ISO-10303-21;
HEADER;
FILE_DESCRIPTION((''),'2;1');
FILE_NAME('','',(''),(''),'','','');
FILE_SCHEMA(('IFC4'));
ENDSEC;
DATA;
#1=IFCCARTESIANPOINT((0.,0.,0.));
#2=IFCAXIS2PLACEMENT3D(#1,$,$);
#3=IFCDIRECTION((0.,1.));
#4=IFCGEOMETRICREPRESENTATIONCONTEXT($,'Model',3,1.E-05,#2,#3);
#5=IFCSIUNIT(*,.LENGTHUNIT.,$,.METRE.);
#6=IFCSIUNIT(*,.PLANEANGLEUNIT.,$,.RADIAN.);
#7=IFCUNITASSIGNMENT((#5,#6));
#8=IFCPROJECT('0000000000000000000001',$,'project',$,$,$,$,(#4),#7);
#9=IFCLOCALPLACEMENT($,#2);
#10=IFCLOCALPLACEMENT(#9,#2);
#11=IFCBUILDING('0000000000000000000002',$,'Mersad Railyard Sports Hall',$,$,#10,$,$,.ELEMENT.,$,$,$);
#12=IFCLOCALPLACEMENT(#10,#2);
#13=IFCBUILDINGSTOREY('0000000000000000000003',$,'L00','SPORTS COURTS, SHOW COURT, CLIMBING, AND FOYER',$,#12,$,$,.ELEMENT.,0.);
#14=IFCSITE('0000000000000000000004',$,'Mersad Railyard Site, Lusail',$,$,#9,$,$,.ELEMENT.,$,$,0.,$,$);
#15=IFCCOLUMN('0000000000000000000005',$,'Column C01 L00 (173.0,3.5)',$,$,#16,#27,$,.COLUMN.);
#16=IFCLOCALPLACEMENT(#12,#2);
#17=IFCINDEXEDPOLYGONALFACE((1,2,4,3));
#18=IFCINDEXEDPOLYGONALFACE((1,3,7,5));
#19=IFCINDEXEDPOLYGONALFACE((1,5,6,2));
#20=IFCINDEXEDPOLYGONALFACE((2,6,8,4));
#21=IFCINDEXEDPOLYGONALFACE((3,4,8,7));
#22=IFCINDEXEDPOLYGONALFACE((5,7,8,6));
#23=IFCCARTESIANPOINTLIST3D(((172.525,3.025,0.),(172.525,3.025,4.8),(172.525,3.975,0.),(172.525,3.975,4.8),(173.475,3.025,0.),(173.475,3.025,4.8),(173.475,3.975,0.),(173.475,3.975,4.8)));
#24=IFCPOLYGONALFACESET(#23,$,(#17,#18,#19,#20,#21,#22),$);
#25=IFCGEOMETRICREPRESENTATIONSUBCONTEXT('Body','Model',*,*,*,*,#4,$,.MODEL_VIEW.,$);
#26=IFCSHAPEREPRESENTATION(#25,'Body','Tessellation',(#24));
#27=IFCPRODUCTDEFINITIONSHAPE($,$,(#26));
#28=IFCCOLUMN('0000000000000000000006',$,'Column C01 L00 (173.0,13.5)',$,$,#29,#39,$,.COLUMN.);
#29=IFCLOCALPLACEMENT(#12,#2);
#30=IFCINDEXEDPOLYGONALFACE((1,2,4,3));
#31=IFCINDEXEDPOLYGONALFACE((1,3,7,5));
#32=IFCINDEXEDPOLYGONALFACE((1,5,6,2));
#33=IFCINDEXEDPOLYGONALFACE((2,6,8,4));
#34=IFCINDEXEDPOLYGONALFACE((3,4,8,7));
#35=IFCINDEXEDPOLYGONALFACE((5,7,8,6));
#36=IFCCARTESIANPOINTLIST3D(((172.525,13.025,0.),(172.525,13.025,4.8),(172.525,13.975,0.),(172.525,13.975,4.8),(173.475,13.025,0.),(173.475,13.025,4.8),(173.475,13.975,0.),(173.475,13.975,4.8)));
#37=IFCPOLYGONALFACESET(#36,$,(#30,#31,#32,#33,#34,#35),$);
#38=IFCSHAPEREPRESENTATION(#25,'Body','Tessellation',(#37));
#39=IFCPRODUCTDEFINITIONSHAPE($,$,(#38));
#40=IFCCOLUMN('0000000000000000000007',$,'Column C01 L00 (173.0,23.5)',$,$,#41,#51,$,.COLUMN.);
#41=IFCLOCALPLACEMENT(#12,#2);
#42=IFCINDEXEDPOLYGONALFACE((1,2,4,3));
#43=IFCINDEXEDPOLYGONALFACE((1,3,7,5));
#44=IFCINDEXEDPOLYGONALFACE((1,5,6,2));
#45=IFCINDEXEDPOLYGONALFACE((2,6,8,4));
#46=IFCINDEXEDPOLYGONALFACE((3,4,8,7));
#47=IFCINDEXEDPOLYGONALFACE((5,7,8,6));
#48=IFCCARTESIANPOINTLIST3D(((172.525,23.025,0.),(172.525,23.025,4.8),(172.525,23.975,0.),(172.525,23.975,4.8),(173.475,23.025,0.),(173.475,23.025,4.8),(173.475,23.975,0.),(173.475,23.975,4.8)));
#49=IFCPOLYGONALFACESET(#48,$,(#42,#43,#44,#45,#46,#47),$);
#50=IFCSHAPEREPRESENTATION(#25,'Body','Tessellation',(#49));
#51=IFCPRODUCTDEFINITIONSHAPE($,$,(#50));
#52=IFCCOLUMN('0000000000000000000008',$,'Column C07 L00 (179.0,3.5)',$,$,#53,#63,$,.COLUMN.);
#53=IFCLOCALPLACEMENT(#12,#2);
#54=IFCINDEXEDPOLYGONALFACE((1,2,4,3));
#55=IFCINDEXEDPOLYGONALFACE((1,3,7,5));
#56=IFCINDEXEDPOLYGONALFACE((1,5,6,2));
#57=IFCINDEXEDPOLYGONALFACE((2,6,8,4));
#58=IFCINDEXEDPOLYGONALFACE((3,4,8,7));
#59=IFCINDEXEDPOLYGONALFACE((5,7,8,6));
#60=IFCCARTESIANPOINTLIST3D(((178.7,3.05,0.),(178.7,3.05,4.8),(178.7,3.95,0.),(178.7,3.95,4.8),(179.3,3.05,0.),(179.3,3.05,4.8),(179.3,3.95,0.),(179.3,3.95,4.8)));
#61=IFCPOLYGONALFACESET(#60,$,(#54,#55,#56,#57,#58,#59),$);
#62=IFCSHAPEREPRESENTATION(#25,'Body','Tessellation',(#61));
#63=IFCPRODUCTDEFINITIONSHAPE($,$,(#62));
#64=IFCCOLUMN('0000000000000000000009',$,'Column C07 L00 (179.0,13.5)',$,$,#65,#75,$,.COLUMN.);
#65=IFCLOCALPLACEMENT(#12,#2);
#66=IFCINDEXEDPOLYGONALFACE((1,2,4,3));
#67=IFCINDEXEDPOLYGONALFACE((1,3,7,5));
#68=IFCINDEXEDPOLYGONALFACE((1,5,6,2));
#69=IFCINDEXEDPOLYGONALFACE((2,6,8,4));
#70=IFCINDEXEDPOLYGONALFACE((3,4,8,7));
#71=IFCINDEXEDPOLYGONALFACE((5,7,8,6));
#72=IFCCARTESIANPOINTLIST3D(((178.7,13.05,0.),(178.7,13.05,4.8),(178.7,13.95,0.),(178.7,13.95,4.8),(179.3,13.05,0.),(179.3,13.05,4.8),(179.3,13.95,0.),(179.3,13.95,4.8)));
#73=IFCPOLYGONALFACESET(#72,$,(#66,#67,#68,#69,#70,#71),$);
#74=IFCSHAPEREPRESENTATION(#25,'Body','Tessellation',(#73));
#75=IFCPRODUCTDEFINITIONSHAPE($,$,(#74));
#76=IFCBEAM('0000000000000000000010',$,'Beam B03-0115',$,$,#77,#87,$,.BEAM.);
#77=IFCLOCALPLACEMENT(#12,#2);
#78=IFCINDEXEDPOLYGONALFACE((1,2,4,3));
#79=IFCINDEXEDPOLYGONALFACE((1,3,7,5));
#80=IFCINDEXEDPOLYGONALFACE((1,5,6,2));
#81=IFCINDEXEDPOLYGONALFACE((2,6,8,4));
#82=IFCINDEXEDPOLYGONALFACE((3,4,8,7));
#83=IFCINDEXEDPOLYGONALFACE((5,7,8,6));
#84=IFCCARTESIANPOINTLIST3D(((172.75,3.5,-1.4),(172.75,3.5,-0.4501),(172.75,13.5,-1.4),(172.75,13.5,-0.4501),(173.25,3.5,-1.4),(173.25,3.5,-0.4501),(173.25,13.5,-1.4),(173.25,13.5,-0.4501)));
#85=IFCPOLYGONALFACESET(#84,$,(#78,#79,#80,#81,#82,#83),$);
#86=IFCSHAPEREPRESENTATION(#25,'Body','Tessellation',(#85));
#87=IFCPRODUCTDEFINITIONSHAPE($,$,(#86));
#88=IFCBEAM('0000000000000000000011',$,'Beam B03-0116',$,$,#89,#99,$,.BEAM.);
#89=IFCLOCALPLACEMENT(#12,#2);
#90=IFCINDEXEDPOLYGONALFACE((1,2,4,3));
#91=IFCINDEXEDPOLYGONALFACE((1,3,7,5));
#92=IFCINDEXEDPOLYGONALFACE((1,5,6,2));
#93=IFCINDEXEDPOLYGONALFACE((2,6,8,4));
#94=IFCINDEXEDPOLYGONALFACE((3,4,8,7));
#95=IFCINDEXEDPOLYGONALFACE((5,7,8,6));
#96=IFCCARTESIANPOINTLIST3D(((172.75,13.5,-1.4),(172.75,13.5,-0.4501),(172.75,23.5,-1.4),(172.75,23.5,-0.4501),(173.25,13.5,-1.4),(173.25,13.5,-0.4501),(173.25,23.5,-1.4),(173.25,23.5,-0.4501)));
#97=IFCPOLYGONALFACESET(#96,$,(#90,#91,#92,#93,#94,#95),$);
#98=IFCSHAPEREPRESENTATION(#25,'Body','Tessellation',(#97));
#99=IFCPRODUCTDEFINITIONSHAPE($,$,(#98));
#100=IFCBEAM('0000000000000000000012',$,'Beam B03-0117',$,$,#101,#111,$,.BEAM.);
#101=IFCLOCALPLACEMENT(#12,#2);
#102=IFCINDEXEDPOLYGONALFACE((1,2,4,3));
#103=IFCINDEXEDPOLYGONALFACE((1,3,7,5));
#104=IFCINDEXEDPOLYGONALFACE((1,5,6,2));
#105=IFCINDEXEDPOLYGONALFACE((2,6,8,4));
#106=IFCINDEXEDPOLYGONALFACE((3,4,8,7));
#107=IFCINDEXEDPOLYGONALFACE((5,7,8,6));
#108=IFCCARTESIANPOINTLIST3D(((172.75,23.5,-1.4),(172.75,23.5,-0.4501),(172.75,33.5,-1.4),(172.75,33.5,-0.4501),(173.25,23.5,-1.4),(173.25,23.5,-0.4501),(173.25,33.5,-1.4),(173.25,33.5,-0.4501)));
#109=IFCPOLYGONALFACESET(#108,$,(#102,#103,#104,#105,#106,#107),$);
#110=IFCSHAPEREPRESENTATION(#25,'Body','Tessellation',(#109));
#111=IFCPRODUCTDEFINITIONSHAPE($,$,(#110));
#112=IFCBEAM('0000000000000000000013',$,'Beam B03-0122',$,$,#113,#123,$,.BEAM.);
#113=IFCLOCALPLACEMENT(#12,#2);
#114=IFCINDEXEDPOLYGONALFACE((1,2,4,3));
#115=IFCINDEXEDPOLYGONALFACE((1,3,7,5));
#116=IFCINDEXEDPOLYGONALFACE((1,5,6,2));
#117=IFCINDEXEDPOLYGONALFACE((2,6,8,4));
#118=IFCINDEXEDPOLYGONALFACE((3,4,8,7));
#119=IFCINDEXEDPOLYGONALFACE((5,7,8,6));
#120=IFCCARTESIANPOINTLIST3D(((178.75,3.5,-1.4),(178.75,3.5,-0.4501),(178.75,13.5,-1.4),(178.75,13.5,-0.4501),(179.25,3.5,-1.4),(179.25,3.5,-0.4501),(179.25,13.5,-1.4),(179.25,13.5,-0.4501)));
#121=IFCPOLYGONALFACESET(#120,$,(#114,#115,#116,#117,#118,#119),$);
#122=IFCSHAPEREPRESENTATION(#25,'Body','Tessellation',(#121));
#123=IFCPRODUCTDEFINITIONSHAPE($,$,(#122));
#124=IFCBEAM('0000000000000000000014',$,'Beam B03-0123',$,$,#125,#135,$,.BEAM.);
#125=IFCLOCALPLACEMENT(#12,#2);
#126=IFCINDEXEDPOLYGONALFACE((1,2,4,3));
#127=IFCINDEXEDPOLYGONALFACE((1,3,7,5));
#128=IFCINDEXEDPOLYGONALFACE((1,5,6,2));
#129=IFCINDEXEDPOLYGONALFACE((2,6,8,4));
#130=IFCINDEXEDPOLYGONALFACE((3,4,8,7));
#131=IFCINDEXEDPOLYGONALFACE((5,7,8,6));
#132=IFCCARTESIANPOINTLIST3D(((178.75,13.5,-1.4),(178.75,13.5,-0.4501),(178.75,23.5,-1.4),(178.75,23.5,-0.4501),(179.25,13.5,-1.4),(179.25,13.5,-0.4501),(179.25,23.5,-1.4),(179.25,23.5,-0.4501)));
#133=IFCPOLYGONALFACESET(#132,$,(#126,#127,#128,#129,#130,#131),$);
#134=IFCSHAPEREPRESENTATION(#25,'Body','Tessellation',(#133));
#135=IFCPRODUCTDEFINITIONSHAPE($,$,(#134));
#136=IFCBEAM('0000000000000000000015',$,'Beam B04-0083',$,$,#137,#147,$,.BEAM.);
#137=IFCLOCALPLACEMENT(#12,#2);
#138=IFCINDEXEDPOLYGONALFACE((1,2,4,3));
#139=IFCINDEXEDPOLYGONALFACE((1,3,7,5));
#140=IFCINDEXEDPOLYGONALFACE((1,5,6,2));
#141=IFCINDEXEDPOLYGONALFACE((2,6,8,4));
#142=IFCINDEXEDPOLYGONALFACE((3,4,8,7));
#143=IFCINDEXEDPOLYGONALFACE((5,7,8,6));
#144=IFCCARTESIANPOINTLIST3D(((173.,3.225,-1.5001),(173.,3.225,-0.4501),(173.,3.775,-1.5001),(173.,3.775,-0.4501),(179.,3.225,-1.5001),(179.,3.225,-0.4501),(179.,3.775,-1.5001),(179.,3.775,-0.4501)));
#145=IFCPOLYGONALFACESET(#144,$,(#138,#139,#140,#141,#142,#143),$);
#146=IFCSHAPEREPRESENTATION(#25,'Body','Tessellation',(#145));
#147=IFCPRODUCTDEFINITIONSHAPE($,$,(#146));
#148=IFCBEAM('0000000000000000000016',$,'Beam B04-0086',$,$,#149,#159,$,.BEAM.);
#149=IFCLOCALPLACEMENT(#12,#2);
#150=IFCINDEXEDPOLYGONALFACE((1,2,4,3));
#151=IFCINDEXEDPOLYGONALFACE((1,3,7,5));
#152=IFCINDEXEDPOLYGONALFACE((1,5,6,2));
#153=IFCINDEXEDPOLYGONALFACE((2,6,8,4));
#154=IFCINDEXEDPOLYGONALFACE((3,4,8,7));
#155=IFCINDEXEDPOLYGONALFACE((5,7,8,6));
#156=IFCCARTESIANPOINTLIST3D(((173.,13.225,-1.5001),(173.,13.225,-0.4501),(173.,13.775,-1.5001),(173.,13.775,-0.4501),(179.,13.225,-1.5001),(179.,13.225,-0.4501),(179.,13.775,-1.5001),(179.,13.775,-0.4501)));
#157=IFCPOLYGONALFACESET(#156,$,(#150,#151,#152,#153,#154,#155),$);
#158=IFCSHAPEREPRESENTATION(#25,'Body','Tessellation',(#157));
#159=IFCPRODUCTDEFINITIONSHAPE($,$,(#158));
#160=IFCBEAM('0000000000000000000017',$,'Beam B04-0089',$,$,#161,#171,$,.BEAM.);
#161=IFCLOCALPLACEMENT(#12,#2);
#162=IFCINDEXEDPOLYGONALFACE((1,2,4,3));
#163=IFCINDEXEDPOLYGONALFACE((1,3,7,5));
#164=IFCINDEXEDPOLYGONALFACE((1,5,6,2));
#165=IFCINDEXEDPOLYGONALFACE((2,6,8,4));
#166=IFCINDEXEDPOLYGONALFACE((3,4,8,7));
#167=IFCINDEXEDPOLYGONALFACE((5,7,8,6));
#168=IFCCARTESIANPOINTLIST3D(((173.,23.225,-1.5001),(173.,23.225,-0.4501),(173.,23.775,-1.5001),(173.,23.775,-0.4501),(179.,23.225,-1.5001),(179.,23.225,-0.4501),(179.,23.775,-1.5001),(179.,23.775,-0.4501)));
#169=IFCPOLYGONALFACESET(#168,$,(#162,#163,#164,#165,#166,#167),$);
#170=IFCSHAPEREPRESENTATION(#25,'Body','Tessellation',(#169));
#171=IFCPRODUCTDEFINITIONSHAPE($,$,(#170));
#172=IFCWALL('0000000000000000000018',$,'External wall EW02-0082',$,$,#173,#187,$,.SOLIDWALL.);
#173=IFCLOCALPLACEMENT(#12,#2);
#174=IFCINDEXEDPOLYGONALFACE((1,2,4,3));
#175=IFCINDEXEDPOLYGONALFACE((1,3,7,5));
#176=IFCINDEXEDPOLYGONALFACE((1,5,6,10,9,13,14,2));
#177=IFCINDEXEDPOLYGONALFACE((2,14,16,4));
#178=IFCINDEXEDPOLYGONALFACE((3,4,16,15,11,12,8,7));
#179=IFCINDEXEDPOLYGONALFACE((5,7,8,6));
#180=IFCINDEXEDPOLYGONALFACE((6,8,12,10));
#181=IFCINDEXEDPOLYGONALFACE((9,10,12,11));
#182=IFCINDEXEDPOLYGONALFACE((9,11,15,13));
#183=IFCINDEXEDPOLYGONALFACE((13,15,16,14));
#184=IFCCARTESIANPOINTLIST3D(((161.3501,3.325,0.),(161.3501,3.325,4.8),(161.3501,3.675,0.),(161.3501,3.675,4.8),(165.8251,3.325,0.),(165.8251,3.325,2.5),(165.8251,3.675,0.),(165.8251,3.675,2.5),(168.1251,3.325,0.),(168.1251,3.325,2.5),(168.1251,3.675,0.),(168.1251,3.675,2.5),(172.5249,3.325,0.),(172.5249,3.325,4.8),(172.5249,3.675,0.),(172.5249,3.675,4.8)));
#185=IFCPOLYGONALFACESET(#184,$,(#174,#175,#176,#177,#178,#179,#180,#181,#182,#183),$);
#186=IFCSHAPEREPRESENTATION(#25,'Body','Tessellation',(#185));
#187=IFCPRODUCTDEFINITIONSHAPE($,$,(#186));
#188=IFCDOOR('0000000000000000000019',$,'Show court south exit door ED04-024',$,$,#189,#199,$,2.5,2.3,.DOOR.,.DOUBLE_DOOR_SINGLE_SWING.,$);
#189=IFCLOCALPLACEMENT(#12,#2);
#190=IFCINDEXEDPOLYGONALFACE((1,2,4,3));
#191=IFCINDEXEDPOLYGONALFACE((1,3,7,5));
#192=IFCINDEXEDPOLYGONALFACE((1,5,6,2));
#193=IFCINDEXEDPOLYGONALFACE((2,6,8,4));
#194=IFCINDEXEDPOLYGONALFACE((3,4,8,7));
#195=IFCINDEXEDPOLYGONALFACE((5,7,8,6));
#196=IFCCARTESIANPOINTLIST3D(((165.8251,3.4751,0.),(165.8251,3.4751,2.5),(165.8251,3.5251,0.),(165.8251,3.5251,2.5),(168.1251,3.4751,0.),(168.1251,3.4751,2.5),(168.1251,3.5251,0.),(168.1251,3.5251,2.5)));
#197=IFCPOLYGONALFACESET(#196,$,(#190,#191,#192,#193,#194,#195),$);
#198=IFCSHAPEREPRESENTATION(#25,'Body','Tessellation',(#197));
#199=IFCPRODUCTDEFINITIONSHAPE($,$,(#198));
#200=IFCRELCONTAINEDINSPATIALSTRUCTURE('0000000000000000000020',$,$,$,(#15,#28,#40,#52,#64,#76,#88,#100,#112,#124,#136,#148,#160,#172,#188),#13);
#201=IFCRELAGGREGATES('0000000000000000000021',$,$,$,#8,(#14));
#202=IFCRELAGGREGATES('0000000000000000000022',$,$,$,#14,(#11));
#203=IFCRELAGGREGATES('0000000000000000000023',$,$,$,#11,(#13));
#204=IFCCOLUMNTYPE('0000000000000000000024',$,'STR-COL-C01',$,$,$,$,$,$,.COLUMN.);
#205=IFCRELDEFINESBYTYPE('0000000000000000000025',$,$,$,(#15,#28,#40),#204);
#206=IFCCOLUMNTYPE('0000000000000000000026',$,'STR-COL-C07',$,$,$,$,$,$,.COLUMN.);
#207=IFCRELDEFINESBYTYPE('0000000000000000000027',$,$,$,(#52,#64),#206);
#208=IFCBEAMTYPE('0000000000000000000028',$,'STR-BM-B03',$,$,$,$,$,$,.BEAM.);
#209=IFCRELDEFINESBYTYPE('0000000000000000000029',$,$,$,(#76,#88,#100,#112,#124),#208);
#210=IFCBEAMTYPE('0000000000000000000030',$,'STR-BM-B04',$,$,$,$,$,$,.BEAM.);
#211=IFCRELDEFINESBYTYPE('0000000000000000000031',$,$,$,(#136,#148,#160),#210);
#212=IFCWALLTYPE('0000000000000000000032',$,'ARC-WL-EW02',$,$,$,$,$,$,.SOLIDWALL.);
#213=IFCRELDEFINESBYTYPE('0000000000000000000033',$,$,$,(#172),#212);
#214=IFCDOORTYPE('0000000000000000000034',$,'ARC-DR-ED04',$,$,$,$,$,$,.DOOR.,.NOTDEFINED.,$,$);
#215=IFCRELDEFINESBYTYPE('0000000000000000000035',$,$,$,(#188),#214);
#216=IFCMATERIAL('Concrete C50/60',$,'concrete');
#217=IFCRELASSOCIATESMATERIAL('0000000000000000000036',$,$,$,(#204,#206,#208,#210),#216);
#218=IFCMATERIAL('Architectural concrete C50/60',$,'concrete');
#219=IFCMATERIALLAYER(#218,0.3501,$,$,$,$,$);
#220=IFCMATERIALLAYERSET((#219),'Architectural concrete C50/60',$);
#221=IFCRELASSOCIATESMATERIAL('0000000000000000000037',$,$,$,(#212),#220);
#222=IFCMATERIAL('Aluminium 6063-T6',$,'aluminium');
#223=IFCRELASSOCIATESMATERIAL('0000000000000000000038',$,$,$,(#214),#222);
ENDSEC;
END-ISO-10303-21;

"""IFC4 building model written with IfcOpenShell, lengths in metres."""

from ifc_helpers import new_model, si_unit, direction, frame, frame_2d, origin, origin_2d, place, context, subcontext, project, spatial, rectangle, extrude, material, layer, layer_set, material_profile, profile_set, type_object, element, fill, save


model = new_model("IFC4")

# Units and contexts
model_context = context("Model", 3, precision=1e-05, world=origin(), true_north=direction((0.0, 1.0)))
body_context = subcontext(model_context, "Body", "Model", "MODEL_VIEW")
ifc_project = project(units=[si_unit("LENGTHUNIT", "METRE"), si_unit("PLANEANGLEUNIT", "RADIAN")], contexts=[model_context])

# Site, building, storey
site_placement = place(None, origin())
site = spatial("IfcSite", under=ifc_project, at=site_placement, Name="Mersad Railyard Site, Lusail", CompositionType="ELEMENT", RefElevation=0.0)
building_placement = place(site_placement, origin())
building = spatial("IfcBuilding", under=site, at=building_placement, Name="Mersad Railyard Sports Hall", CompositionType="ELEMENT")
storey_placement = place(building_placement, origin())
storey = spatial("IfcBuildingStorey", under=building, at=storey_placement, Name="L00", Description="SPORTS COURTS, SHOW COURT, CLIMBING, AND FOYER", CompositionType="ELEMENT", Elevation=0.0)

# Columns
ifc_material_1 = material(Name="Concrete C50/60", Category="concrete")
ifc_material_profile_1 = material_profile(ifc_material_1, rectangle(XDim=0.95, YDim=0.95, at=origin_2d()), Name="RC 950x950")
ifc_profile_set_1 = profile_set([ifc_material_profile_1], Name="Concrete C50/60")
column_type_1 = type_object("IfcColumnType", Name="STR-COL-C01", PredefinedType="COLUMN", material=ifc_profile_set_1)
for number, where, z_axis, x_axis, name in (
    (1, (173.0, 3.5, 0.0), (0.0, 0.0, 1.0), (1.0, 0.0, 0.0), "Column C01 L00 (173.0,3.5)"),
    (2, (173.0, 13.5, 0.0), (0.0, 0.0, 1.0), (1.0, 0.0, 0.0), "Column C01 L00 (173.0,13.5)"),
    (3, (173.0, 23.5, 0.0), (0.0, 0.0, 1.0), (1.0, 0.0, 0.0), "Column C01 L00 (173.0,23.5)"),
):
    element("IfcColumn", number, at=place(storey_placement, frame(where, z_axis=z_axis, x_axis=x_axis)), inside=storey, type_object=column_type_1, Name=name, PredefinedType="COLUMN", context=body_context, shape_type="SweptSolid", body=[
        extrude(rectangle(XDim=0.95, YDim=0.95, at=origin_2d()), origin(), (0.0, 0.0, 1.0), 4.8),
    ])
ifc_material_profile_2 = material_profile(ifc_material_1, rectangle(XDim=0.6001, YDim=0.8999, at=origin_2d()), Name="RC 600x900")
ifc_profile_set_2 = profile_set([ifc_material_profile_2], Name="Concrete C50/60")
column_type_2 = type_object("IfcColumnType", Name="STR-COL-C07", PredefinedType="COLUMN", material=ifc_profile_set_2)
for number, where, z_axis, x_axis, name in (
    (4, (179.0, 3.5, 0.0), (0.0, 0.0, 1.0), (1.0, 0.0, 0.0), "Column C07 L00 (179.0,3.5)"),
    (5, (179.0, 13.5, 0.0), (0.0, 0.0, 1.0), (1.0, 0.0, 0.0), "Column C07 L00 (179.0,13.5)"),
):
    element("IfcColumn", number, at=place(storey_placement, frame(where, z_axis=z_axis, x_axis=x_axis)), inside=storey, type_object=column_type_2, Name=name, PredefinedType="COLUMN", context=body_context, shape_type="SweptSolid", body=[
        extrude(rectangle(XDim=0.6001, YDim=0.8999, at=origin_2d()), origin(), (0.0, 0.0, 1.0), 4.8),
    ])

# Beams
ifc_material_profile_3 = material_profile(ifc_material_1, rectangle(XDim=0.5, YDim=0.95, at=origin_2d()), Name="RC 500x950")
ifc_profile_set_3 = profile_set([ifc_material_profile_3], Name="Concrete C50/60")
beam_type_1 = type_object("IfcBeamType", Name="STR-BM-B03", PredefinedType="BEAM", material=ifc_profile_set_3)
for number, where, z_axis, x_axis, name in (
    (6, (173.0, 3.5, -0.925), (0.0, 1.0, 0.0), (-1.0, 0.0, 0.0), "Beam B03-0115"),
    (7, (173.0, 13.5, -0.925), (0.0, 1.0, 0.0), (-1.0, 0.0, 0.0), "Beam B03-0116"),
    (8, (173.0, 23.5, -0.925), (0.0, 1.0, 0.0), (-1.0, 0.0, 0.0), "Beam B03-0117"),
    (9, (179.0, 3.5, -0.925), (0.0, 1.0, 0.0), (-1.0, 0.0, 0.0), "Beam B03-0122"),
    (10, (179.0, 13.5, -0.925), (0.0, 1.0, 0.0), (-1.0, 0.0, 0.0), "Beam B03-0123"),
):
    element("IfcBeam", number, at=place(storey_placement, frame(where, z_axis=z_axis, x_axis=x_axis)), inside=storey, type_object=beam_type_1, Name=name, PredefinedType="BEAM", context=body_context, shape_type="SweptSolid", body=[
        extrude(rectangle(XDim=0.5, YDim=0.95, at=origin_2d()), origin(), (0.0, 0.0, 1.0), 10.0),
    ])
ifc_material_profile_4 = material_profile(ifc_material_1, rectangle(XDim=0.55, YDim=1.05, at=origin_2d()), Name="RC 550x1050")
ifc_profile_set_4 = profile_set([ifc_material_profile_4], Name="Concrete C50/60")
beam_type_2 = type_object("IfcBeamType", Name="STR-BM-B04", PredefinedType="BEAM", material=ifc_profile_set_4)
for number, where, z_axis, x_axis, name in (
    (11, (173.0, 3.5, -0.9751), (1.0, 0.0, 0.0), (0.0, 1.0, 0.0), "Beam B04-0083"),
    (12, (173.0, 13.5, -0.9751), (1.0, 0.0, 0.0), (0.0, 1.0, 0.0), "Beam B04-0086"),
    (13, (173.0, 23.5, -0.9751), (1.0, 0.0, 0.0), (0.0, 1.0, 0.0), "Beam B04-0089"),
):
    element("IfcBeam", number, at=place(storey_placement, frame(where, z_axis=z_axis, x_axis=x_axis)), inside=storey, type_object=beam_type_2, Name=name, PredefinedType="BEAM", context=body_context, shape_type="SweptSolid", body=[
        extrude(rectangle(XDim=0.55, YDim=1.05, at=origin_2d()), origin(), (0.0, 0.0, 1.0), 6.0),
    ])

# Wall, opening, door
ifc_material_2 = material(Name="Architectural concrete C50/60", Category="concrete")
ifc_layer_1 = layer(ifc_material_2, 0.3501)
ifc_layer_set_1 = layer_set([ifc_layer_1], Name="Architectural concrete C50/60")
wall_type_1 = type_object("IfcWallType", Name="ARC-WL-EW02", PredefinedType="SOLIDWALL", material=ifc_layer_set_1)
wall_1_placement = place(storey_placement, frame((172.5249, 3.5, 0.0), z_axis=(0.0, 0.0, 1.0), x_axis=(-1.0, 0.0, 0.0)))
wall_1 = element("IfcWall", 14, at=wall_1_placement, inside=storey, type_object=wall_type_1, Name="External wall EW02-0082", PredefinedType="SOLIDWALL", context=body_context, shape_type="SweptSolid", body=[
    extrude(rectangle(XDim=11.1748, YDim=0.3501, at=frame_2d((5.5874, 0.0))), origin(), (0.0, 0.0, 1.0), 4.8),
])
opening_1_placement = place(wall_1_placement, frame((4.3999, 0.0, 0.0)))
opening_1 = element("IfcOpeningElement", 15, at=opening_1_placement, cuts=wall_1, PredefinedType="OPENING", context=body_context, shape_type="SweptSolid", body=[
    extrude(rectangle(XDim=2.3, YDim=2.5, at=frame_2d((1.1499, 1.25))), frame((0.0, 0.1851, 0.0), z_axis=(0.0, -1.0, 0.0), x_axis=(1.0, 0.0, 0.0)), (0.0, 0.0, 1.0), 0.3701),
])
ifc_material_3 = material(Name="Aluminium 6063-T6", Category="aluminium")
door_type_1 = type_object("IfcDoorType", Name="ARC-DR-ED04", OperationType="NOTDEFINED", PredefinedType="DOOR", material=ifc_material_3)
door_1_placement = place(opening_1_placement, origin())
door_1 = element("IfcDoor", 16, at=door_1_placement, inside=storey, type_object=door_type_1, Name="Show court south exit door ED04-024", OperationType="DOUBLE_DOOR_SINGLE_SWING", OverallHeight=2.5, OverallWidth=2.3, PredefinedType="DOOR", context=body_context, shape_type="SweptSolid", body=[
    extrude(rectangle(XDim=2.3, YDim=2.5, at=frame_2d((1.1499, 1.25))), frame((0.0, 0.0249, 0.0), z_axis=(0.0, -1.0, 0.0), x_axis=(1.0, 0.0, 0.0)), (0.0, 0.0, 1.0), 0.05),
])
fill(opening_1, door_1)

save(model, "model.ifc")
